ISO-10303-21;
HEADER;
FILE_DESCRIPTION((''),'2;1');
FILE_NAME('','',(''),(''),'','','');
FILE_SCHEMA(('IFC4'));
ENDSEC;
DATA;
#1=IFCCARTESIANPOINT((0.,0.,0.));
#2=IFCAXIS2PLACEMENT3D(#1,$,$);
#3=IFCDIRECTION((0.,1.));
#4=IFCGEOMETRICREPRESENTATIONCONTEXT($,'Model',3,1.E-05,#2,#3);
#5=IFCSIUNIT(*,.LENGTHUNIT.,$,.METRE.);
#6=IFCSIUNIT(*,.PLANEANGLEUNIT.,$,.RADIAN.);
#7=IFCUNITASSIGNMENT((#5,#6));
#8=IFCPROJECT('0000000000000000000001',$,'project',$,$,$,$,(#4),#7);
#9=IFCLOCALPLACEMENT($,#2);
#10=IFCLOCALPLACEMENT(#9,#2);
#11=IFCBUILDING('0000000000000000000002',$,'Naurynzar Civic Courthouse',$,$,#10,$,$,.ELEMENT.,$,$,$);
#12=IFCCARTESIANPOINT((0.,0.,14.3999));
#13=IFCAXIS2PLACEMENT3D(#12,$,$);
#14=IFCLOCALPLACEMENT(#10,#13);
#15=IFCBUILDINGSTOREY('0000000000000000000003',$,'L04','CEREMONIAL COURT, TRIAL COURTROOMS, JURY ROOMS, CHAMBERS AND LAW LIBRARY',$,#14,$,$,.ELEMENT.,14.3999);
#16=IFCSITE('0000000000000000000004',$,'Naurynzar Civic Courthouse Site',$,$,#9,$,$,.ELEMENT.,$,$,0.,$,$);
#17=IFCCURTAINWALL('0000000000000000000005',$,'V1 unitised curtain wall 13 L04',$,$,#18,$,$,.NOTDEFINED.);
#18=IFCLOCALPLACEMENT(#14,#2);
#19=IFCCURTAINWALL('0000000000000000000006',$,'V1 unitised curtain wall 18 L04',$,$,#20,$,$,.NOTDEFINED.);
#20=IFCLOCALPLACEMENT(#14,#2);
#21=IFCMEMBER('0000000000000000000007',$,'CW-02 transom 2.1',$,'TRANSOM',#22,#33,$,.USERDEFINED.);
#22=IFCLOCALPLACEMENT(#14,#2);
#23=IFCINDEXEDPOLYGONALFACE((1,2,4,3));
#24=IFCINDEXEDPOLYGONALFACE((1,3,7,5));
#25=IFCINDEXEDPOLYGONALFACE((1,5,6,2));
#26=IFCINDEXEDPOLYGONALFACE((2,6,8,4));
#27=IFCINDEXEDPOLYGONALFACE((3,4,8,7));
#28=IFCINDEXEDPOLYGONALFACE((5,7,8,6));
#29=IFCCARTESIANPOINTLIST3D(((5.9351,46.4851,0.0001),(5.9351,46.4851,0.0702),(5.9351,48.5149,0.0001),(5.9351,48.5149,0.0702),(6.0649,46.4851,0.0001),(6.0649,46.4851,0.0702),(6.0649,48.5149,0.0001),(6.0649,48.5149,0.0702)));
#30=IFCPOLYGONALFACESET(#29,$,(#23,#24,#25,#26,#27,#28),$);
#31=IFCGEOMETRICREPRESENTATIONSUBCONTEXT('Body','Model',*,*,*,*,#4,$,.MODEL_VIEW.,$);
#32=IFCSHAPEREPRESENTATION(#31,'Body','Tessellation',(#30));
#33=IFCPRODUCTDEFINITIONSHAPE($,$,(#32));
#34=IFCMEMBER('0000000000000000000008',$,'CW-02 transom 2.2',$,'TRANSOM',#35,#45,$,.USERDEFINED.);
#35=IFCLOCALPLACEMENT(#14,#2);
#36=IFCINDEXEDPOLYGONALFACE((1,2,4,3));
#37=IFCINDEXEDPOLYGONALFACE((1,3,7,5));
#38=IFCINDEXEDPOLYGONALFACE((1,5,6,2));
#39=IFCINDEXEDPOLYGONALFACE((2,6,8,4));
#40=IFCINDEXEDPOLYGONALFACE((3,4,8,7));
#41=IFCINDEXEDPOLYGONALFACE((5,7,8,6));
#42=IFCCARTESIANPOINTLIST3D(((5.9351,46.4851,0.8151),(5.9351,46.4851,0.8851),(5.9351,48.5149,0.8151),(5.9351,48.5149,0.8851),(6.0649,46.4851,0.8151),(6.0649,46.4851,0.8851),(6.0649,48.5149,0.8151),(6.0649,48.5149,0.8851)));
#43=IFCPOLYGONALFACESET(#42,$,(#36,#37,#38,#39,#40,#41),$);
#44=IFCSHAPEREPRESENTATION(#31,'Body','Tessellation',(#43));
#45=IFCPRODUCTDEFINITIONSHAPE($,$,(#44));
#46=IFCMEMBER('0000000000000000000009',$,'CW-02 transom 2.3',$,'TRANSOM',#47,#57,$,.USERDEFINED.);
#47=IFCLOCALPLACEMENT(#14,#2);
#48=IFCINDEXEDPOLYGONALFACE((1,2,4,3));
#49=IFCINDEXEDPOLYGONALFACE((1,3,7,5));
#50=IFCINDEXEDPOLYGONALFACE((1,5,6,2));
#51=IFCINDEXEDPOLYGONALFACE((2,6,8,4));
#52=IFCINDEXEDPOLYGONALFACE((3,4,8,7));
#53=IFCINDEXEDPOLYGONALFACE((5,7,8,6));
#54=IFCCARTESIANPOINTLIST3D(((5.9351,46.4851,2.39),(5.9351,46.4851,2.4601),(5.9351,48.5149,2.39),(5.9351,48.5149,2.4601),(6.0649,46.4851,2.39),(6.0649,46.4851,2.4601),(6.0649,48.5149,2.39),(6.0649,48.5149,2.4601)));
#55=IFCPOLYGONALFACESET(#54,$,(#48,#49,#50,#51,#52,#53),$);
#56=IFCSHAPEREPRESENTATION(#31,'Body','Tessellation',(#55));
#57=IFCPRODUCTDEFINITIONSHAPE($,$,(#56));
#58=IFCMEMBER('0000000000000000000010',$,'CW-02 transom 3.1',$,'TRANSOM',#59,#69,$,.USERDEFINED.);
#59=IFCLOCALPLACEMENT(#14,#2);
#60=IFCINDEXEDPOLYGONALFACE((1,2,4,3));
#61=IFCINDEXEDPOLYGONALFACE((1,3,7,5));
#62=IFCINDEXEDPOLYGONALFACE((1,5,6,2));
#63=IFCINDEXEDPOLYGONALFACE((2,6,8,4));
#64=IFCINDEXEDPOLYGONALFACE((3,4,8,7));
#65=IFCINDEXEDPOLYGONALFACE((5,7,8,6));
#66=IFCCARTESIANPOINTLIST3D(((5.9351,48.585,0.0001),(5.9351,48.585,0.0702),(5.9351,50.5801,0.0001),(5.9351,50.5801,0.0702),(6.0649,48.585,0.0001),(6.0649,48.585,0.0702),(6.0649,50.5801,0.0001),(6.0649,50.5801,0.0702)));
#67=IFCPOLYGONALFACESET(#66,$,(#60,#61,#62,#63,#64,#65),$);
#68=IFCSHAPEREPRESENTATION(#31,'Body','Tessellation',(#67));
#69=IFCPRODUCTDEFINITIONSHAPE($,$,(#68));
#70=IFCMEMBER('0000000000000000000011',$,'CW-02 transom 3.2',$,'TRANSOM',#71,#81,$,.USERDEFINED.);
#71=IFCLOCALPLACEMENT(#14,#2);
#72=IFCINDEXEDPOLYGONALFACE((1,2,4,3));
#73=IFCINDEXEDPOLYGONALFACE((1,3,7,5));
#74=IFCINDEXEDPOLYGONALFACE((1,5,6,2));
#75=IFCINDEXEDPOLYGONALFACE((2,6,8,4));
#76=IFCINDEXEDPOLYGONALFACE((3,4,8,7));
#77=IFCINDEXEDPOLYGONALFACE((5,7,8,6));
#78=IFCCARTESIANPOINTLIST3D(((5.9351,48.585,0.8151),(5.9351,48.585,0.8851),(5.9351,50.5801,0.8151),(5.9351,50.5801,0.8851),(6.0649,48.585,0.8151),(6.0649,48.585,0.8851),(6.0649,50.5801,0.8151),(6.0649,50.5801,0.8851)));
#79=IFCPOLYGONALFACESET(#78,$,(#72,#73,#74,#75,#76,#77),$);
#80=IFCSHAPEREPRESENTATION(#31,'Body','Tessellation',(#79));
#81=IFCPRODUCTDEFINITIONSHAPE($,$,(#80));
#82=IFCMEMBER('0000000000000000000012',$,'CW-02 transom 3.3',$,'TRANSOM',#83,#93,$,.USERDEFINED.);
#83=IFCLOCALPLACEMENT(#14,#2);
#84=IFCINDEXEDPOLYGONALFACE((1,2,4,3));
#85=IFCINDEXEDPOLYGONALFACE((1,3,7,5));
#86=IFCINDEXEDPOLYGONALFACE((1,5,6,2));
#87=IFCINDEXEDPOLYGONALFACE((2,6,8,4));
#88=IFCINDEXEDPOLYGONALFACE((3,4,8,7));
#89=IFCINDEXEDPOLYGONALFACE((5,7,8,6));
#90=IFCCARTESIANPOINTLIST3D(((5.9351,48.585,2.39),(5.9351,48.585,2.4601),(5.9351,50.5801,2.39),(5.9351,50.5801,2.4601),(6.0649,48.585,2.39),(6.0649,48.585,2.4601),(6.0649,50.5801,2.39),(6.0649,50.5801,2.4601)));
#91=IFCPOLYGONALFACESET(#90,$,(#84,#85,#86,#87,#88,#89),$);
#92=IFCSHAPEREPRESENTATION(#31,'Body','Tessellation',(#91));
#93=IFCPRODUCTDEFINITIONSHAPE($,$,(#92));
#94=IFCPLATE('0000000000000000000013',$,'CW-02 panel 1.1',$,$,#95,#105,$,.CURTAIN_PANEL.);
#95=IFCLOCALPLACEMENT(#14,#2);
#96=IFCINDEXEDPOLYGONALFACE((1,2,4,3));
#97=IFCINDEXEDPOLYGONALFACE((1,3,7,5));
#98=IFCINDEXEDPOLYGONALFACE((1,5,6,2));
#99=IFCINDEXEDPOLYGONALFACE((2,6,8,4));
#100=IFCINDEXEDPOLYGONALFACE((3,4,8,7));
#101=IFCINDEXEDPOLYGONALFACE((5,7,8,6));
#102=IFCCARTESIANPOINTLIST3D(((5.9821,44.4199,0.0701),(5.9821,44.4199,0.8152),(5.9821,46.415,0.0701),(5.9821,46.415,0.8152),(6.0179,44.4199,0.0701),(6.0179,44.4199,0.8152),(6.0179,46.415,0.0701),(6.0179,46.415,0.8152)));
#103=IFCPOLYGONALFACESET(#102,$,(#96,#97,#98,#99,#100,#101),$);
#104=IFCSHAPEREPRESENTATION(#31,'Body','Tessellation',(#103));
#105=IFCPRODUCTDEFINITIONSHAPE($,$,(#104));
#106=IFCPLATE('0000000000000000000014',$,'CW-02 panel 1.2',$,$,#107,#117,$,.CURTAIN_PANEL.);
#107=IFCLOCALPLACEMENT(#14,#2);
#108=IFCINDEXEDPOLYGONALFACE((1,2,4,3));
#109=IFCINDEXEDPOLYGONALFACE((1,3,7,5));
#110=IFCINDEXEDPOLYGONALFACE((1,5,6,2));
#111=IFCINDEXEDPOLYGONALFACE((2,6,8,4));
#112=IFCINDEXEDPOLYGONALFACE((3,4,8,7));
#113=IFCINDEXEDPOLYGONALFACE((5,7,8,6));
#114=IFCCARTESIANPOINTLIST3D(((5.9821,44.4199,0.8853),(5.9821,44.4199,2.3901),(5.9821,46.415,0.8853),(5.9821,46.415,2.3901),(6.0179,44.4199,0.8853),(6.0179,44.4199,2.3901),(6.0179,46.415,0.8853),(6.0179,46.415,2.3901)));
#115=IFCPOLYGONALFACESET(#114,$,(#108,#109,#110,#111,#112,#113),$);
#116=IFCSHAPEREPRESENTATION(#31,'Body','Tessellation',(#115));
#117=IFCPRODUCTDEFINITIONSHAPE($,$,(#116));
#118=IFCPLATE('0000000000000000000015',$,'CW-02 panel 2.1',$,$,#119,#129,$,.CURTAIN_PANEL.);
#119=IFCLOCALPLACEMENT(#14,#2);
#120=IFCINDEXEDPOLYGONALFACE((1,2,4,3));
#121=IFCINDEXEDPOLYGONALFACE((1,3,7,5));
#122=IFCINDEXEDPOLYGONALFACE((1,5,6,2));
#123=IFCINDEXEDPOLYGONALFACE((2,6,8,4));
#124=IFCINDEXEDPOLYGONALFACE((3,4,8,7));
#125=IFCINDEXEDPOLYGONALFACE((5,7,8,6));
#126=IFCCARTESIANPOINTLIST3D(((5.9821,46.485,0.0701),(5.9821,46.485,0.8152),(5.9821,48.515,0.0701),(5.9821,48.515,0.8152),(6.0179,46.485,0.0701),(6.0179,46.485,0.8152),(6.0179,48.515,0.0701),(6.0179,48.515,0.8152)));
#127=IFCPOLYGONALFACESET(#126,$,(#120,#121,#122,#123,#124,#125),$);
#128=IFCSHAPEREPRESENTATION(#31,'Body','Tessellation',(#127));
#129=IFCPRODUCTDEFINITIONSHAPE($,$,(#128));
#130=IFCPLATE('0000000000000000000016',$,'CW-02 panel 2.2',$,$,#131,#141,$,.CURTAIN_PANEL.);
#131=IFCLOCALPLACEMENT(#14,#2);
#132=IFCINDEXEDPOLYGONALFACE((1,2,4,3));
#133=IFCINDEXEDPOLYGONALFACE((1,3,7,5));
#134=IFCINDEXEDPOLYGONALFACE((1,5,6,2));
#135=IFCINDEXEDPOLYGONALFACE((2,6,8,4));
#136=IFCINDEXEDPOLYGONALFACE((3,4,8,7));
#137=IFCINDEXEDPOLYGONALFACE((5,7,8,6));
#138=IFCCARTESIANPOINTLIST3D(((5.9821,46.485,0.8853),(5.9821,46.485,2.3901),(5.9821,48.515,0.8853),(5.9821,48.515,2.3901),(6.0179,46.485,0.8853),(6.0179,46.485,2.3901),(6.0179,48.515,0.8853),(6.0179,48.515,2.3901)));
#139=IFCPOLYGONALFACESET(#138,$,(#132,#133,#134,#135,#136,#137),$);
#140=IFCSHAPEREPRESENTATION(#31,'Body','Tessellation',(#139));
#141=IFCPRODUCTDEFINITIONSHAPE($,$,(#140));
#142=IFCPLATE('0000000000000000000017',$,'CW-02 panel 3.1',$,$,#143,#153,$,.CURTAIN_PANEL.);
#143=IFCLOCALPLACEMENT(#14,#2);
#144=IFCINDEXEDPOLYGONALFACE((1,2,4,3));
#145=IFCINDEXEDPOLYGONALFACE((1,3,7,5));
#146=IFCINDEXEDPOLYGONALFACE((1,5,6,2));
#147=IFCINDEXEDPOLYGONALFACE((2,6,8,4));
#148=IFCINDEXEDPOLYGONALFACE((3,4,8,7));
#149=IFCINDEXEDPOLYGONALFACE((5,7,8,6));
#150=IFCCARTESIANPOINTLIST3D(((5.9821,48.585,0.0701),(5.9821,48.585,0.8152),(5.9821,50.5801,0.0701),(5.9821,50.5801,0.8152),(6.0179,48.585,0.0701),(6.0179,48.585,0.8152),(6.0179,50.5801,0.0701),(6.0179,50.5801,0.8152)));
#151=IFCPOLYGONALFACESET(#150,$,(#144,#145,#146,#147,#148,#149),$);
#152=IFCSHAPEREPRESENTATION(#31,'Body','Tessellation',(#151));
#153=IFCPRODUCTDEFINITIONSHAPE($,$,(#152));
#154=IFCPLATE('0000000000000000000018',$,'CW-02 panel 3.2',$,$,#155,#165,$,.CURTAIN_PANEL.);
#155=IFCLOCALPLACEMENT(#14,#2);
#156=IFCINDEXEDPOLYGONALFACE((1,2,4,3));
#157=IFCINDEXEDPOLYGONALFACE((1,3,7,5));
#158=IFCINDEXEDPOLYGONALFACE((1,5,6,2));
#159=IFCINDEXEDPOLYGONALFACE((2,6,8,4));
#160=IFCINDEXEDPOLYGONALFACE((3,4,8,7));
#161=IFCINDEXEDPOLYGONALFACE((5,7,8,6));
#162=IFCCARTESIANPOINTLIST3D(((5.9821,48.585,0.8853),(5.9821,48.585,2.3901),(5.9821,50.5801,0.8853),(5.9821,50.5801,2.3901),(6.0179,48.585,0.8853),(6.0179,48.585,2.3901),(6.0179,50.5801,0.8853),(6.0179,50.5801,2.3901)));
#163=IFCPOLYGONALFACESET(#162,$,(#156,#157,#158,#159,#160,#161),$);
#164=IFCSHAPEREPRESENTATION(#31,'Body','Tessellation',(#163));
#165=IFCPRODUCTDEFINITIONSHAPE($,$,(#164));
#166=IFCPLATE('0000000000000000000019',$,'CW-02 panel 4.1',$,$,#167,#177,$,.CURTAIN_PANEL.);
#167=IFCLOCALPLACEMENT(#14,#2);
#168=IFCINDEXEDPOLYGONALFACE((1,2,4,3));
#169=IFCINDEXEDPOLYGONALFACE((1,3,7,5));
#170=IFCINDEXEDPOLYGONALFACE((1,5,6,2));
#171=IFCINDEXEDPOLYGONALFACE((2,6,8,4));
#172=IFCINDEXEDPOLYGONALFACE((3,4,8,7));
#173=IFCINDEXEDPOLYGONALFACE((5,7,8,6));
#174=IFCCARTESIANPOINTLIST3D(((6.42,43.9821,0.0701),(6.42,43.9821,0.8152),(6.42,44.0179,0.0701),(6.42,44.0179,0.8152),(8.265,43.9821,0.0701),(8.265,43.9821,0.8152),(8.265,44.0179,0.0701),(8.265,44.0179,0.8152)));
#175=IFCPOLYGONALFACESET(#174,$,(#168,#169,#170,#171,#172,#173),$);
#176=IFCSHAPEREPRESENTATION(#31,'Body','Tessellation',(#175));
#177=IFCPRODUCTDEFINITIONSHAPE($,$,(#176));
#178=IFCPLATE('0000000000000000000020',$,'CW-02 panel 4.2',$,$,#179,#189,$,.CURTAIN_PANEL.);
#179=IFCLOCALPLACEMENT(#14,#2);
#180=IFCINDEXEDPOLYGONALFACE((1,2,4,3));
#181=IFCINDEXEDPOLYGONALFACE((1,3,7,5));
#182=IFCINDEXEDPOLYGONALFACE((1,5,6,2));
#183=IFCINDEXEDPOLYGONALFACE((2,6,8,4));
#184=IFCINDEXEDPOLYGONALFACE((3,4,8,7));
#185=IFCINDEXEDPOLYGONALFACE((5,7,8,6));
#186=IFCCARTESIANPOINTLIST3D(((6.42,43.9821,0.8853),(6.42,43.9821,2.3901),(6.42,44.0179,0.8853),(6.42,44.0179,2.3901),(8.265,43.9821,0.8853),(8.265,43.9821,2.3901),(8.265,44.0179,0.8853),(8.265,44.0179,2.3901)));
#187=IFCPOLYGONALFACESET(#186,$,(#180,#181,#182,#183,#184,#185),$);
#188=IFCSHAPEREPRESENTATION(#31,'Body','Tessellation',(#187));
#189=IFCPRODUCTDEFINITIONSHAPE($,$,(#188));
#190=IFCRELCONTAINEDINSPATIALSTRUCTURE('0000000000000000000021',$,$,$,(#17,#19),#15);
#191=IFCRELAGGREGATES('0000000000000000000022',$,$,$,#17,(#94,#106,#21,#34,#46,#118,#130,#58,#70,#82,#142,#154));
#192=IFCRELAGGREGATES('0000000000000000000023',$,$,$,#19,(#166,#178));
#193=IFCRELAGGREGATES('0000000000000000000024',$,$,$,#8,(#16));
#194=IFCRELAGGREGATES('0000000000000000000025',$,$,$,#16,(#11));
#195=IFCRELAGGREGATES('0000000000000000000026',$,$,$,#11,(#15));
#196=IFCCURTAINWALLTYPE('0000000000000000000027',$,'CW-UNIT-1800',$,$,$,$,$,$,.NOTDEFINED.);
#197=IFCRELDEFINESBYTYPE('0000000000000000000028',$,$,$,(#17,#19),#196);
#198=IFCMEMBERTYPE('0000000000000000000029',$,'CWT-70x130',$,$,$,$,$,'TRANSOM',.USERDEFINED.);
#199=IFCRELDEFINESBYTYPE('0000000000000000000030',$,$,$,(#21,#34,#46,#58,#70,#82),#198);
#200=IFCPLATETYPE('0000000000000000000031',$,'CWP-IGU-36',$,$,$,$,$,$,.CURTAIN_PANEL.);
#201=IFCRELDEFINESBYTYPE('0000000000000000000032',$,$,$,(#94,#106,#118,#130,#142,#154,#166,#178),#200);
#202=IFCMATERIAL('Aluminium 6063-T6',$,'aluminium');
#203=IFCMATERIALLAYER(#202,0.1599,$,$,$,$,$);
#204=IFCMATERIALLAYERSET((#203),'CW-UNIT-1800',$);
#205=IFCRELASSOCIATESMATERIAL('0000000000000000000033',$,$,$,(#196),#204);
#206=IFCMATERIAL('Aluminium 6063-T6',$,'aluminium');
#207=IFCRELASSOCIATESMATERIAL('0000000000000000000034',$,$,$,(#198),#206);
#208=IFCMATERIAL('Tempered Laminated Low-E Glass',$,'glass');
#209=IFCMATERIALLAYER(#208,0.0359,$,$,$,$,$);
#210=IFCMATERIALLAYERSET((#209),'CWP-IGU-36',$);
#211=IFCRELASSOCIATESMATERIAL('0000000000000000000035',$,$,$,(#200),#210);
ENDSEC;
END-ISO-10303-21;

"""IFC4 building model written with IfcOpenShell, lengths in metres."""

from ifc_helpers import new_model, si_unit, direction, frame, origin, origin_2d, place, context, subcontext, project, spatial, rectangle, extrude, material, layer, layer_set, material_profile, profile_set, type_object, element, aggregate, save


model = new_model("IFC4")

# Units and contexts
model_context = context("Model", 3, precision=1e-05, world=origin(), true_north=direction((0.0, 1.0)))
body_context = subcontext(model_context, "Body", "Model", "MODEL_VIEW")
ifc_project = project(units=[si_unit("LENGTHUNIT", "METRE"), si_unit("PLANEANGLEUNIT", "RADIAN")], contexts=[model_context])

# Site, building, storey
site_placement = place(None, origin())
site = spatial("IfcSite", under=ifc_project, at=site_placement, Name="Naurynzar Civic Courthouse Site", CompositionType="ELEMENT", RefElevation=0.0)
building_placement = place(site_placement, origin())
building = spatial("IfcBuilding", under=site, at=building_placement, Name="Naurynzar Civic Courthouse", CompositionType="ELEMENT")
storey_placement = place(building_placement, frame((0.0, 0.0, 14.3999)))
storey = spatial("IfcBuildingStorey", under=building, at=storey_placement, Name="L04", Description="CEREMONIAL COURT, TRIAL COURTROOMS, JURY ROOMS, CHAMBERS AND LAW LIBRARY", CompositionType="ELEMENT", Elevation=14.3999)

# Curtain wall
ifc_material_1 = material(Name="Aluminium 6063-T6", Category="aluminium")
ifc_layer_1 = layer(ifc_material_1, 0.1599)
ifc_layer_set_1 = layer_set([ifc_layer_1], Name="CW-UNIT-1800")
curtain_wall_type = type_object("IfcCurtainWallType", Name="CW-UNIT-1800", PredefinedType="NOTDEFINED", material=ifc_layer_set_1)
curtain_wall_1_placement = place(storey_placement, origin())
curtain_wall_1 = element("IfcCurtainWall", 1, at=curtain_wall_1_placement, inside=storey, type_object=curtain_wall_type, Name="V1 unitised curtain wall 13 L04", PredefinedType="NOTDEFINED")

# Curtain wall
curtain_wall_2_placement = place(storey_placement, origin())
curtain_wall_2 = element("IfcCurtainWall", 2, at=curtain_wall_2_placement, inside=storey, type_object=curtain_wall_type, Name="V1 unitised curtain wall 18 L04", PredefinedType="NOTDEFINED")

# Members
ifc_material_2 = material(Name="Aluminium 6063-T6", Category="aluminium")
ifc_material_profile_1 = material_profile(ifc_material_2, rectangle(XDim=0.1299, YDim=0.0701, at=origin_2d()), Name="ALU TRANSOM 70x130")
ifc_profile_set_1 = profile_set([ifc_material_profile_1], Name="Aluminium 6063-T6")
member_type_1 = type_object("IfcMemberType", Name="CWT-70x130", ElementType="TRANSOM", PredefinedType="USERDEFINED", material=ifc_profile_set_1)
member_1_placement = place(storey_placement, frame((6.0, 46.4851, 0.0352), z_axis=(0.0, 1.0, 0.0), x_axis=(-1.0, 0.0, 0.0)))
member_1 = element("IfcMember", 3, at=member_1_placement, type_object=member_type_1, Name="CW-02 transom 2.1", ObjectType="TRANSOM", PredefinedType="USERDEFINED", context=body_context, shape_type="SweptSolid", body=[
    extrude(rectangle(XDim=0.1299, YDim=0.0701, at=origin_2d()), origin(), (0.0, 0.0, 1.0), 2.0298),
])
member_2_placement = place(storey_placement, frame((6.0, 46.4851, 0.8501), z_axis=(0.0, 1.0, 0.0), x_axis=(-1.0, 0.0, 0.0)))
member_2 = element("IfcMember", 4, at=member_2_placement, type_object=member_type_1, Name="CW-02 transom 2.2", ObjectType="TRANSOM", PredefinedType="USERDEFINED", context=body_context, shape_type="SweptSolid", body=[
    extrude(rectangle(XDim=0.1299, YDim=0.0701, at=origin_2d()), origin(), (0.0, 0.0, 1.0), 2.0298),
])
member_3_placement = place(storey_placement, frame((6.0, 46.4851, 2.425), z_axis=(0.0, 1.0, 0.0), x_axis=(-1.0, 0.0, 0.0)))
member_3 = element("IfcMember", 5, at=member_3_placement, type_object=member_type_1, Name="CW-02 transom 2.3", ObjectType="TRANSOM", PredefinedType="USERDEFINED", context=body_context, shape_type="SweptSolid", body=[
    extrude(rectangle(XDim=0.1299, YDim=0.0701, at=origin_2d()), origin(), (0.0, 0.0, 1.0), 2.0298),
])
member_4_placement = place(storey_placement, frame((6.0, 48.585, 0.0352), z_axis=(0.0, 1.0, 0.0), x_axis=(-1.0, 0.0, 0.0)))
member_4 = element("IfcMember", 6, at=member_4_placement, type_object=member_type_1, Name="CW-02 transom 3.1", ObjectType="TRANSOM", PredefinedType="USERDEFINED", context=body_context, shape_type="SweptSolid", body=[
    extrude(rectangle(XDim=0.1299, YDim=0.0701, at=origin_2d()), origin(), (0.0, 0.0, 1.0), 1.9951),
])
member_5_placement = place(storey_placement, frame((6.0, 48.585, 0.8501), z_axis=(0.0, 1.0, 0.0), x_axis=(-1.0, 0.0, 0.0)))
member_5 = element("IfcMember", 7, at=member_5_placement, type_object=member_type_1, Name="CW-02 transom 3.2", ObjectType="TRANSOM", PredefinedType="USERDEFINED", context=body_context, shape_type="SweptSolid", body=[
    extrude(rectangle(XDim=0.1299, YDim=0.0701, at=origin_2d()), origin(), (0.0, 0.0, 1.0), 1.9951),
])
member_6_placement = place(storey_placement, frame((6.0, 48.585, 2.425), z_axis=(0.0, 1.0, 0.0), x_axis=(-1.0, 0.0, 0.0)))
member_6 = element("IfcMember", 8, at=member_6_placement, type_object=member_type_1, Name="CW-02 transom 3.3", ObjectType="TRANSOM", PredefinedType="USERDEFINED", context=body_context, shape_type="SweptSolid", body=[
    extrude(rectangle(XDim=0.1299, YDim=0.0701, at=origin_2d()), origin(), (0.0, 0.0, 1.0), 1.9951),
])

# Plates
ifc_material_3 = material(Name="Tempered Laminated Low-E Glass", Category="glass")
ifc_layer_2 = layer(ifc_material_3, 0.0359)
ifc_layer_set_2 = layer_set([ifc_layer_2], Name="CWP-IGU-36")
plate_type = type_object("IfcPlateType", Name="CWP-IGU-36", PredefinedType="CURTAIN_PANEL", material=ifc_layer_set_2)
plate_1_placement = place(storey_placement, frame((6.0, 45.4175, 0.0701), z_axis=(0.0, 0.0, 1.0), x_axis=(0.0, 1.0, 0.0)))
plate_1 = element("IfcPlate", 9, at=plate_1_placement, type_object=plate_type, Name="CW-02 panel 1.1", PredefinedType="CURTAIN_PANEL", context=body_context, shape_type="SweptSolid", body=[
    extrude(rectangle(XDim=1.9951, YDim=0.0359, at=origin_2d()), origin(), (0.0, 0.0, 1.0), 0.7451),
])
plate_2_placement = place(storey_placement, frame((6.0, 45.4175, 0.8853), z_axis=(0.0, 0.0, 1.0), x_axis=(0.0, 1.0, 0.0)))
plate_2 = element("IfcPlate", 10, at=plate_2_placement, type_object=plate_type, Name="CW-02 panel 1.2", PredefinedType="CURTAIN_PANEL", context=body_context, shape_type="SweptSolid", body=[
    extrude(rectangle(XDim=1.9951, YDim=0.0359, at=origin_2d()), origin(), (0.0, 0.0, 1.0), 1.5049),
])
plate_3_placement = place(storey_placement, frame((6.0, 47.5, 0.0701), z_axis=(0.0, 0.0, 1.0), x_axis=(0.0, 1.0, 0.0)))
plate_3 = element("IfcPlate", 11, at=plate_3_placement, type_object=plate_type, Name="CW-02 panel 2.1", PredefinedType="CURTAIN_PANEL", context=body_context, shape_type="SweptSolid", body=[
    extrude(rectangle(XDim=2.03, YDim=0.0359, at=origin_2d()), origin(), (0.0, 0.0, 1.0), 0.7451),
])
plate_4_placement = place(storey_placement, frame((6.0, 47.5, 0.8853), z_axis=(0.0, 0.0, 1.0), x_axis=(0.0, 1.0, 0.0)))
plate_4 = element("IfcPlate", 12, at=plate_4_placement, type_object=plate_type, Name="CW-02 panel 2.2", PredefinedType="CURTAIN_PANEL", context=body_context, shape_type="SweptSolid", body=[
    extrude(rectangle(XDim=2.03, YDim=0.0359, at=origin_2d()), origin(), (0.0, 0.0, 1.0), 1.5049),
])
plate_5_placement = place(storey_placement, frame((6.0, 49.5825, 0.0701), z_axis=(0.0, 0.0, 1.0), x_axis=(0.0, 1.0, 0.0)))
plate_5 = element("IfcPlate", 13, at=plate_5_placement, type_object=plate_type, Name="CW-02 panel 3.1", PredefinedType="CURTAIN_PANEL", context=body_context, shape_type="SweptSolid", body=[
    extrude(rectangle(XDim=1.9951, YDim=0.0359, at=origin_2d()), origin(), (0.0, 0.0, 1.0), 0.7451),
])
plate_6_placement = place(storey_placement, frame((6.0, 49.5825, 0.8853), z_axis=(0.0, 0.0, 1.0), x_axis=(0.0, 1.0, 0.0)))
plate_6 = element("IfcPlate", 14, at=plate_6_placement, type_object=plate_type, Name="CW-02 panel 3.2", PredefinedType="CURTAIN_PANEL", context=body_context, shape_type="SweptSolid", body=[
    extrude(rectangle(XDim=1.9951, YDim=0.0359, at=origin_2d()), origin(), (0.0, 0.0, 1.0), 1.5049),
])
aggregate(curtain_wall_1, [plate_1, plate_2, member_1, member_2, member_3, plate_3, plate_4, member_4, member_5, member_6, plate_5, plate_6])
plate_7_placement = place(storey_placement, frame((7.3425, 44.0, 0.0701), z_axis=(0.0, 0.0, 1.0), x_axis=(-1.0, 0.0, 0.0)))
plate_7 = element("IfcPlate", 15, at=plate_7_placement, type_object=plate_type, Name="CW-02 panel 4.1", PredefinedType="CURTAIN_PANEL", context=body_context, shape_type="SweptSolid", body=[
    extrude(rectangle(XDim=1.845, YDim=0.0359, at=origin_2d()), origin(), (0.0, 0.0, 1.0), 0.7451),
])
plate_8_placement = place(storey_placement, frame((7.3425, 44.0, 0.8853), z_axis=(0.0, 0.0, 1.0), x_axis=(-1.0, 0.0, 0.0)))
plate_8 = element("IfcPlate", 16, at=plate_8_placement, type_object=plate_type, Name="CW-02 panel 4.2", PredefinedType="CURTAIN_PANEL", context=body_context, shape_type="SweptSolid", body=[
    extrude(rectangle(XDim=1.845, YDim=0.0359, at=origin_2d()), origin(), (0.0, 0.0, 1.0), 1.5049),
])
aggregate(curtain_wall_2, [plate_7, plate_8])

save(model, "model.ifc")
